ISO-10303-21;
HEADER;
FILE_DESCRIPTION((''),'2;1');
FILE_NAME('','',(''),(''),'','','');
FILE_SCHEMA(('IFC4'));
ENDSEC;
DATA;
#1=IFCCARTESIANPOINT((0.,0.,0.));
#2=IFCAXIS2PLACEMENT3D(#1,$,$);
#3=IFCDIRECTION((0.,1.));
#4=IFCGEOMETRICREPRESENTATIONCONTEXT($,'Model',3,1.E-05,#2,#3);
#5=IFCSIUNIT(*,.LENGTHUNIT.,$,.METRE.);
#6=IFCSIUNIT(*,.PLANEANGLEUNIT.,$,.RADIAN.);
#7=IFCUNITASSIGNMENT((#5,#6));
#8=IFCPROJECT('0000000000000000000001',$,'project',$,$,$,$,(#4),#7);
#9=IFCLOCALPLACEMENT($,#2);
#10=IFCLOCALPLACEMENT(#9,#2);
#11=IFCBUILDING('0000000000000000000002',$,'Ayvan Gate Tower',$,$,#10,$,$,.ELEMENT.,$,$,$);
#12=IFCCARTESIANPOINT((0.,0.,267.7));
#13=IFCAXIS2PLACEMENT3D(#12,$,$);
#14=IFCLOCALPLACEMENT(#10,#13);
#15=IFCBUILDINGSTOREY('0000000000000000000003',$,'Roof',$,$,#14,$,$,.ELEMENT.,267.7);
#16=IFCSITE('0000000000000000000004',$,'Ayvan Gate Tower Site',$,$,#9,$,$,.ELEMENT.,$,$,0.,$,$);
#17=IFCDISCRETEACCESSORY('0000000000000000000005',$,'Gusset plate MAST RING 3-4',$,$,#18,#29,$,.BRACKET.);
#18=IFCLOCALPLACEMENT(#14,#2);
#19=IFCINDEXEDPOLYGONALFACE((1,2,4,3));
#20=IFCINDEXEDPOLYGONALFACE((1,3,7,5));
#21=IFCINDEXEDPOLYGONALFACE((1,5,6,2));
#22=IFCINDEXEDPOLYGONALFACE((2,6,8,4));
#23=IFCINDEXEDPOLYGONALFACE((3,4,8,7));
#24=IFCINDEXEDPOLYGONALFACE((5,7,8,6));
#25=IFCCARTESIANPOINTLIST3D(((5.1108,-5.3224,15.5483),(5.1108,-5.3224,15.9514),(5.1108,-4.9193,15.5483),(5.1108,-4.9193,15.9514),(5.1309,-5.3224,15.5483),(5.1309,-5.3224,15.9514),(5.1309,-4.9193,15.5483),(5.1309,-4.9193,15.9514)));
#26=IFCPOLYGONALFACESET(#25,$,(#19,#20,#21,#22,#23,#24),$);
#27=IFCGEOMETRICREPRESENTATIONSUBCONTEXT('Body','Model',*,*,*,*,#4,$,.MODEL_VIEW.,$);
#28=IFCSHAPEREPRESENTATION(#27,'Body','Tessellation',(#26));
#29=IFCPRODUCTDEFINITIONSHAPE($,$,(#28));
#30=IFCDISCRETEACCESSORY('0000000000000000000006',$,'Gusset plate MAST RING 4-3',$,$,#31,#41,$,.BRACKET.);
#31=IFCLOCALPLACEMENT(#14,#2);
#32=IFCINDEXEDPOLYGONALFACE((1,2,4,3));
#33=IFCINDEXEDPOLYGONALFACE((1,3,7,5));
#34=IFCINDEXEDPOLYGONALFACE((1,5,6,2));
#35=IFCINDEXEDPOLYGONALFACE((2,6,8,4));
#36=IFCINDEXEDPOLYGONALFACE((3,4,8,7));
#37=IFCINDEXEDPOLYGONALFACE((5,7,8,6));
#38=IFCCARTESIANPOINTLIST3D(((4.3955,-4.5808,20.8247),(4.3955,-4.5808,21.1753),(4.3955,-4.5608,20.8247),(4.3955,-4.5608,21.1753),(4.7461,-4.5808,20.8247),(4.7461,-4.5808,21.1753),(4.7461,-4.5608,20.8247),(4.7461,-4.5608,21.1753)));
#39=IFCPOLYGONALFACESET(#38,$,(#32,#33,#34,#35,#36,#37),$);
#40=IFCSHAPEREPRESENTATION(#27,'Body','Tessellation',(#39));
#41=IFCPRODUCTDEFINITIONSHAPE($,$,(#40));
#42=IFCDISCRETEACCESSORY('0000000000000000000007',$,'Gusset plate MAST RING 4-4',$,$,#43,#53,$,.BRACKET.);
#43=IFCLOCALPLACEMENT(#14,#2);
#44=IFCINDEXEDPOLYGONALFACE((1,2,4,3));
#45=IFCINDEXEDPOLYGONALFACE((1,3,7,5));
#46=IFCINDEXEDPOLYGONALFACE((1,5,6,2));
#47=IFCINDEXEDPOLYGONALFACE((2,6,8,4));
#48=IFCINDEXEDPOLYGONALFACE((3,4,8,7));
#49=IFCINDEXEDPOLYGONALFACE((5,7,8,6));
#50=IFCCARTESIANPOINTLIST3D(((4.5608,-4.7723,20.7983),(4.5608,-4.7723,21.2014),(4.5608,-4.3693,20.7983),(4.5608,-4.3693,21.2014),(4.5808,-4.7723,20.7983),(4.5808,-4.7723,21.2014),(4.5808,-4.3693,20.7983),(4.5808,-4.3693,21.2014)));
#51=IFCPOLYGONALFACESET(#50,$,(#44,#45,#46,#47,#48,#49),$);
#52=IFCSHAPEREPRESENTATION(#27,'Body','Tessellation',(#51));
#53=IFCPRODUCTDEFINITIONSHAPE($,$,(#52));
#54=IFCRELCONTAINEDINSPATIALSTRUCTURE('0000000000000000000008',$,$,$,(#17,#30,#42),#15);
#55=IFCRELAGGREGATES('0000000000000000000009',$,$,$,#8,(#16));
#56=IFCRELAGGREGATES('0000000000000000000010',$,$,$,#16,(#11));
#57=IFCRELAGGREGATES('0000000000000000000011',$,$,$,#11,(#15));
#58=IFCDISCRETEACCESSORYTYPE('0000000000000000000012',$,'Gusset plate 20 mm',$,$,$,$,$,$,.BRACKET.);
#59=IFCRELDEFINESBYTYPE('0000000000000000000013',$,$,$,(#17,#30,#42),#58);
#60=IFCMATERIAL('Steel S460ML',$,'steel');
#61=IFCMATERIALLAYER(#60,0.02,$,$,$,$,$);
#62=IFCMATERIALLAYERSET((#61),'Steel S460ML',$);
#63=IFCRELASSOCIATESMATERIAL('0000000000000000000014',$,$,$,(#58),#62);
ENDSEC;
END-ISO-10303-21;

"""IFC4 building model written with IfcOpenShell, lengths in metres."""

from ifc_helpers import new_model, si_unit, direction, frame, origin, origin_2d, place, context, subcontext, project, spatial, rectangle, extrude, material, layer, layer_set, type_object, element, save


model = new_model("IFC4")

# Units and contexts
model_context = context("Model", 3, precision=1e-05, world=origin(), true_north=direction((0.0, 1.0)))
body_context = subcontext(model_context, "Body", "Model", "MODEL_VIEW")
ifc_project = project(units=[si_unit("LENGTHUNIT", "METRE"), si_unit("PLANEANGLEUNIT", "RADIAN")], contexts=[model_context])

# Site, building, storey
site_placement = place(None, origin())
site = spatial("IfcSite", under=ifc_project, at=site_placement, Name="Ayvan Gate Tower Site", CompositionType="ELEMENT", RefElevation=0.0)
building_placement = place(site_placement, origin())
building = spatial("IfcBuilding", under=site, at=building_placement, Name="Ayvan Gate Tower", CompositionType="ELEMENT")
storey_placement = place(building_placement, frame((0.0, 0.0, 267.7)))
storey = spatial("IfcBuildingStorey", under=building, at=storey_placement, Name="Roof", CompositionType="ELEMENT", Elevation=267.7)

# Discrete accessories
ifc_material_1 = material(Name="Steel S460ML", Category="steel")
ifc_layer_1 = layer(ifc_material_1, 0.02)
ifc_layer_set_1 = layer_set([ifc_layer_1], Name="Steel S460ML")
discrete_accessory_type_1 = type_object("IfcDiscreteAccessoryType", Name="Gusset plate 20 mm", PredefinedType="BRACKET", material=ifc_layer_set_1)
discrete_accessory_1_placement = place(storey_placement, frame((5.1208, -5.1208, 15.5483), z_axis=(0.0, 0.0, 1.0), x_axis=(0.0, 1.0, 0.0)))
element("IfcDiscreteAccessory", 1, at=discrete_accessory_1_placement, inside=storey, type_object=discrete_accessory_type_1, Name="Gusset plate MAST RING 3-4", PredefinedType="BRACKET", context=body_context, shape_type="SweptSolid", body=[
    extrude(rectangle(XDim=0.4031, YDim=0.02, at=origin_2d()), origin(), (0.0, 0.0, 1.0), 0.4031),
])
discrete_accessory_2_placement = place(storey_placement, frame((4.5708, -4.5708, 20.8247), z_axis=(0.0, 0.0, 1.0), x_axis=(1.0, 0.0, 0.0)))
element("IfcDiscreteAccessory", 2, at=discrete_accessory_2_placement, inside=storey, type_object=discrete_accessory_type_1, Name="Gusset plate MAST RING 4-3", PredefinedType="BRACKET", context=body_context, shape_type="SweptSolid", body=[
    extrude(rectangle(XDim=0.3506, YDim=0.02, at=origin_2d()), origin(), (0.0, 0.0, 1.0), 0.3506),
])
discrete_accessory_3_placement = place(storey_placement, frame((4.5708, -4.5708, 20.7983), z_axis=(0.0, 0.0, 1.0), x_axis=(0.0, 1.0, 0.0)))
element("IfcDiscreteAccessory", 3, at=discrete_accessory_3_placement, inside=storey, type_object=discrete_accessory_type_1, Name="Gusset plate MAST RING 4-4", PredefinedType="BRACKET", context=body_context, shape_type="SweptSolid", body=[
    extrude(rectangle(XDim=0.4031, YDim=0.02, at=origin_2d()), origin(), (0.0, 0.0, 1.0), 0.4031),
])

save(model, "model.ifc")
